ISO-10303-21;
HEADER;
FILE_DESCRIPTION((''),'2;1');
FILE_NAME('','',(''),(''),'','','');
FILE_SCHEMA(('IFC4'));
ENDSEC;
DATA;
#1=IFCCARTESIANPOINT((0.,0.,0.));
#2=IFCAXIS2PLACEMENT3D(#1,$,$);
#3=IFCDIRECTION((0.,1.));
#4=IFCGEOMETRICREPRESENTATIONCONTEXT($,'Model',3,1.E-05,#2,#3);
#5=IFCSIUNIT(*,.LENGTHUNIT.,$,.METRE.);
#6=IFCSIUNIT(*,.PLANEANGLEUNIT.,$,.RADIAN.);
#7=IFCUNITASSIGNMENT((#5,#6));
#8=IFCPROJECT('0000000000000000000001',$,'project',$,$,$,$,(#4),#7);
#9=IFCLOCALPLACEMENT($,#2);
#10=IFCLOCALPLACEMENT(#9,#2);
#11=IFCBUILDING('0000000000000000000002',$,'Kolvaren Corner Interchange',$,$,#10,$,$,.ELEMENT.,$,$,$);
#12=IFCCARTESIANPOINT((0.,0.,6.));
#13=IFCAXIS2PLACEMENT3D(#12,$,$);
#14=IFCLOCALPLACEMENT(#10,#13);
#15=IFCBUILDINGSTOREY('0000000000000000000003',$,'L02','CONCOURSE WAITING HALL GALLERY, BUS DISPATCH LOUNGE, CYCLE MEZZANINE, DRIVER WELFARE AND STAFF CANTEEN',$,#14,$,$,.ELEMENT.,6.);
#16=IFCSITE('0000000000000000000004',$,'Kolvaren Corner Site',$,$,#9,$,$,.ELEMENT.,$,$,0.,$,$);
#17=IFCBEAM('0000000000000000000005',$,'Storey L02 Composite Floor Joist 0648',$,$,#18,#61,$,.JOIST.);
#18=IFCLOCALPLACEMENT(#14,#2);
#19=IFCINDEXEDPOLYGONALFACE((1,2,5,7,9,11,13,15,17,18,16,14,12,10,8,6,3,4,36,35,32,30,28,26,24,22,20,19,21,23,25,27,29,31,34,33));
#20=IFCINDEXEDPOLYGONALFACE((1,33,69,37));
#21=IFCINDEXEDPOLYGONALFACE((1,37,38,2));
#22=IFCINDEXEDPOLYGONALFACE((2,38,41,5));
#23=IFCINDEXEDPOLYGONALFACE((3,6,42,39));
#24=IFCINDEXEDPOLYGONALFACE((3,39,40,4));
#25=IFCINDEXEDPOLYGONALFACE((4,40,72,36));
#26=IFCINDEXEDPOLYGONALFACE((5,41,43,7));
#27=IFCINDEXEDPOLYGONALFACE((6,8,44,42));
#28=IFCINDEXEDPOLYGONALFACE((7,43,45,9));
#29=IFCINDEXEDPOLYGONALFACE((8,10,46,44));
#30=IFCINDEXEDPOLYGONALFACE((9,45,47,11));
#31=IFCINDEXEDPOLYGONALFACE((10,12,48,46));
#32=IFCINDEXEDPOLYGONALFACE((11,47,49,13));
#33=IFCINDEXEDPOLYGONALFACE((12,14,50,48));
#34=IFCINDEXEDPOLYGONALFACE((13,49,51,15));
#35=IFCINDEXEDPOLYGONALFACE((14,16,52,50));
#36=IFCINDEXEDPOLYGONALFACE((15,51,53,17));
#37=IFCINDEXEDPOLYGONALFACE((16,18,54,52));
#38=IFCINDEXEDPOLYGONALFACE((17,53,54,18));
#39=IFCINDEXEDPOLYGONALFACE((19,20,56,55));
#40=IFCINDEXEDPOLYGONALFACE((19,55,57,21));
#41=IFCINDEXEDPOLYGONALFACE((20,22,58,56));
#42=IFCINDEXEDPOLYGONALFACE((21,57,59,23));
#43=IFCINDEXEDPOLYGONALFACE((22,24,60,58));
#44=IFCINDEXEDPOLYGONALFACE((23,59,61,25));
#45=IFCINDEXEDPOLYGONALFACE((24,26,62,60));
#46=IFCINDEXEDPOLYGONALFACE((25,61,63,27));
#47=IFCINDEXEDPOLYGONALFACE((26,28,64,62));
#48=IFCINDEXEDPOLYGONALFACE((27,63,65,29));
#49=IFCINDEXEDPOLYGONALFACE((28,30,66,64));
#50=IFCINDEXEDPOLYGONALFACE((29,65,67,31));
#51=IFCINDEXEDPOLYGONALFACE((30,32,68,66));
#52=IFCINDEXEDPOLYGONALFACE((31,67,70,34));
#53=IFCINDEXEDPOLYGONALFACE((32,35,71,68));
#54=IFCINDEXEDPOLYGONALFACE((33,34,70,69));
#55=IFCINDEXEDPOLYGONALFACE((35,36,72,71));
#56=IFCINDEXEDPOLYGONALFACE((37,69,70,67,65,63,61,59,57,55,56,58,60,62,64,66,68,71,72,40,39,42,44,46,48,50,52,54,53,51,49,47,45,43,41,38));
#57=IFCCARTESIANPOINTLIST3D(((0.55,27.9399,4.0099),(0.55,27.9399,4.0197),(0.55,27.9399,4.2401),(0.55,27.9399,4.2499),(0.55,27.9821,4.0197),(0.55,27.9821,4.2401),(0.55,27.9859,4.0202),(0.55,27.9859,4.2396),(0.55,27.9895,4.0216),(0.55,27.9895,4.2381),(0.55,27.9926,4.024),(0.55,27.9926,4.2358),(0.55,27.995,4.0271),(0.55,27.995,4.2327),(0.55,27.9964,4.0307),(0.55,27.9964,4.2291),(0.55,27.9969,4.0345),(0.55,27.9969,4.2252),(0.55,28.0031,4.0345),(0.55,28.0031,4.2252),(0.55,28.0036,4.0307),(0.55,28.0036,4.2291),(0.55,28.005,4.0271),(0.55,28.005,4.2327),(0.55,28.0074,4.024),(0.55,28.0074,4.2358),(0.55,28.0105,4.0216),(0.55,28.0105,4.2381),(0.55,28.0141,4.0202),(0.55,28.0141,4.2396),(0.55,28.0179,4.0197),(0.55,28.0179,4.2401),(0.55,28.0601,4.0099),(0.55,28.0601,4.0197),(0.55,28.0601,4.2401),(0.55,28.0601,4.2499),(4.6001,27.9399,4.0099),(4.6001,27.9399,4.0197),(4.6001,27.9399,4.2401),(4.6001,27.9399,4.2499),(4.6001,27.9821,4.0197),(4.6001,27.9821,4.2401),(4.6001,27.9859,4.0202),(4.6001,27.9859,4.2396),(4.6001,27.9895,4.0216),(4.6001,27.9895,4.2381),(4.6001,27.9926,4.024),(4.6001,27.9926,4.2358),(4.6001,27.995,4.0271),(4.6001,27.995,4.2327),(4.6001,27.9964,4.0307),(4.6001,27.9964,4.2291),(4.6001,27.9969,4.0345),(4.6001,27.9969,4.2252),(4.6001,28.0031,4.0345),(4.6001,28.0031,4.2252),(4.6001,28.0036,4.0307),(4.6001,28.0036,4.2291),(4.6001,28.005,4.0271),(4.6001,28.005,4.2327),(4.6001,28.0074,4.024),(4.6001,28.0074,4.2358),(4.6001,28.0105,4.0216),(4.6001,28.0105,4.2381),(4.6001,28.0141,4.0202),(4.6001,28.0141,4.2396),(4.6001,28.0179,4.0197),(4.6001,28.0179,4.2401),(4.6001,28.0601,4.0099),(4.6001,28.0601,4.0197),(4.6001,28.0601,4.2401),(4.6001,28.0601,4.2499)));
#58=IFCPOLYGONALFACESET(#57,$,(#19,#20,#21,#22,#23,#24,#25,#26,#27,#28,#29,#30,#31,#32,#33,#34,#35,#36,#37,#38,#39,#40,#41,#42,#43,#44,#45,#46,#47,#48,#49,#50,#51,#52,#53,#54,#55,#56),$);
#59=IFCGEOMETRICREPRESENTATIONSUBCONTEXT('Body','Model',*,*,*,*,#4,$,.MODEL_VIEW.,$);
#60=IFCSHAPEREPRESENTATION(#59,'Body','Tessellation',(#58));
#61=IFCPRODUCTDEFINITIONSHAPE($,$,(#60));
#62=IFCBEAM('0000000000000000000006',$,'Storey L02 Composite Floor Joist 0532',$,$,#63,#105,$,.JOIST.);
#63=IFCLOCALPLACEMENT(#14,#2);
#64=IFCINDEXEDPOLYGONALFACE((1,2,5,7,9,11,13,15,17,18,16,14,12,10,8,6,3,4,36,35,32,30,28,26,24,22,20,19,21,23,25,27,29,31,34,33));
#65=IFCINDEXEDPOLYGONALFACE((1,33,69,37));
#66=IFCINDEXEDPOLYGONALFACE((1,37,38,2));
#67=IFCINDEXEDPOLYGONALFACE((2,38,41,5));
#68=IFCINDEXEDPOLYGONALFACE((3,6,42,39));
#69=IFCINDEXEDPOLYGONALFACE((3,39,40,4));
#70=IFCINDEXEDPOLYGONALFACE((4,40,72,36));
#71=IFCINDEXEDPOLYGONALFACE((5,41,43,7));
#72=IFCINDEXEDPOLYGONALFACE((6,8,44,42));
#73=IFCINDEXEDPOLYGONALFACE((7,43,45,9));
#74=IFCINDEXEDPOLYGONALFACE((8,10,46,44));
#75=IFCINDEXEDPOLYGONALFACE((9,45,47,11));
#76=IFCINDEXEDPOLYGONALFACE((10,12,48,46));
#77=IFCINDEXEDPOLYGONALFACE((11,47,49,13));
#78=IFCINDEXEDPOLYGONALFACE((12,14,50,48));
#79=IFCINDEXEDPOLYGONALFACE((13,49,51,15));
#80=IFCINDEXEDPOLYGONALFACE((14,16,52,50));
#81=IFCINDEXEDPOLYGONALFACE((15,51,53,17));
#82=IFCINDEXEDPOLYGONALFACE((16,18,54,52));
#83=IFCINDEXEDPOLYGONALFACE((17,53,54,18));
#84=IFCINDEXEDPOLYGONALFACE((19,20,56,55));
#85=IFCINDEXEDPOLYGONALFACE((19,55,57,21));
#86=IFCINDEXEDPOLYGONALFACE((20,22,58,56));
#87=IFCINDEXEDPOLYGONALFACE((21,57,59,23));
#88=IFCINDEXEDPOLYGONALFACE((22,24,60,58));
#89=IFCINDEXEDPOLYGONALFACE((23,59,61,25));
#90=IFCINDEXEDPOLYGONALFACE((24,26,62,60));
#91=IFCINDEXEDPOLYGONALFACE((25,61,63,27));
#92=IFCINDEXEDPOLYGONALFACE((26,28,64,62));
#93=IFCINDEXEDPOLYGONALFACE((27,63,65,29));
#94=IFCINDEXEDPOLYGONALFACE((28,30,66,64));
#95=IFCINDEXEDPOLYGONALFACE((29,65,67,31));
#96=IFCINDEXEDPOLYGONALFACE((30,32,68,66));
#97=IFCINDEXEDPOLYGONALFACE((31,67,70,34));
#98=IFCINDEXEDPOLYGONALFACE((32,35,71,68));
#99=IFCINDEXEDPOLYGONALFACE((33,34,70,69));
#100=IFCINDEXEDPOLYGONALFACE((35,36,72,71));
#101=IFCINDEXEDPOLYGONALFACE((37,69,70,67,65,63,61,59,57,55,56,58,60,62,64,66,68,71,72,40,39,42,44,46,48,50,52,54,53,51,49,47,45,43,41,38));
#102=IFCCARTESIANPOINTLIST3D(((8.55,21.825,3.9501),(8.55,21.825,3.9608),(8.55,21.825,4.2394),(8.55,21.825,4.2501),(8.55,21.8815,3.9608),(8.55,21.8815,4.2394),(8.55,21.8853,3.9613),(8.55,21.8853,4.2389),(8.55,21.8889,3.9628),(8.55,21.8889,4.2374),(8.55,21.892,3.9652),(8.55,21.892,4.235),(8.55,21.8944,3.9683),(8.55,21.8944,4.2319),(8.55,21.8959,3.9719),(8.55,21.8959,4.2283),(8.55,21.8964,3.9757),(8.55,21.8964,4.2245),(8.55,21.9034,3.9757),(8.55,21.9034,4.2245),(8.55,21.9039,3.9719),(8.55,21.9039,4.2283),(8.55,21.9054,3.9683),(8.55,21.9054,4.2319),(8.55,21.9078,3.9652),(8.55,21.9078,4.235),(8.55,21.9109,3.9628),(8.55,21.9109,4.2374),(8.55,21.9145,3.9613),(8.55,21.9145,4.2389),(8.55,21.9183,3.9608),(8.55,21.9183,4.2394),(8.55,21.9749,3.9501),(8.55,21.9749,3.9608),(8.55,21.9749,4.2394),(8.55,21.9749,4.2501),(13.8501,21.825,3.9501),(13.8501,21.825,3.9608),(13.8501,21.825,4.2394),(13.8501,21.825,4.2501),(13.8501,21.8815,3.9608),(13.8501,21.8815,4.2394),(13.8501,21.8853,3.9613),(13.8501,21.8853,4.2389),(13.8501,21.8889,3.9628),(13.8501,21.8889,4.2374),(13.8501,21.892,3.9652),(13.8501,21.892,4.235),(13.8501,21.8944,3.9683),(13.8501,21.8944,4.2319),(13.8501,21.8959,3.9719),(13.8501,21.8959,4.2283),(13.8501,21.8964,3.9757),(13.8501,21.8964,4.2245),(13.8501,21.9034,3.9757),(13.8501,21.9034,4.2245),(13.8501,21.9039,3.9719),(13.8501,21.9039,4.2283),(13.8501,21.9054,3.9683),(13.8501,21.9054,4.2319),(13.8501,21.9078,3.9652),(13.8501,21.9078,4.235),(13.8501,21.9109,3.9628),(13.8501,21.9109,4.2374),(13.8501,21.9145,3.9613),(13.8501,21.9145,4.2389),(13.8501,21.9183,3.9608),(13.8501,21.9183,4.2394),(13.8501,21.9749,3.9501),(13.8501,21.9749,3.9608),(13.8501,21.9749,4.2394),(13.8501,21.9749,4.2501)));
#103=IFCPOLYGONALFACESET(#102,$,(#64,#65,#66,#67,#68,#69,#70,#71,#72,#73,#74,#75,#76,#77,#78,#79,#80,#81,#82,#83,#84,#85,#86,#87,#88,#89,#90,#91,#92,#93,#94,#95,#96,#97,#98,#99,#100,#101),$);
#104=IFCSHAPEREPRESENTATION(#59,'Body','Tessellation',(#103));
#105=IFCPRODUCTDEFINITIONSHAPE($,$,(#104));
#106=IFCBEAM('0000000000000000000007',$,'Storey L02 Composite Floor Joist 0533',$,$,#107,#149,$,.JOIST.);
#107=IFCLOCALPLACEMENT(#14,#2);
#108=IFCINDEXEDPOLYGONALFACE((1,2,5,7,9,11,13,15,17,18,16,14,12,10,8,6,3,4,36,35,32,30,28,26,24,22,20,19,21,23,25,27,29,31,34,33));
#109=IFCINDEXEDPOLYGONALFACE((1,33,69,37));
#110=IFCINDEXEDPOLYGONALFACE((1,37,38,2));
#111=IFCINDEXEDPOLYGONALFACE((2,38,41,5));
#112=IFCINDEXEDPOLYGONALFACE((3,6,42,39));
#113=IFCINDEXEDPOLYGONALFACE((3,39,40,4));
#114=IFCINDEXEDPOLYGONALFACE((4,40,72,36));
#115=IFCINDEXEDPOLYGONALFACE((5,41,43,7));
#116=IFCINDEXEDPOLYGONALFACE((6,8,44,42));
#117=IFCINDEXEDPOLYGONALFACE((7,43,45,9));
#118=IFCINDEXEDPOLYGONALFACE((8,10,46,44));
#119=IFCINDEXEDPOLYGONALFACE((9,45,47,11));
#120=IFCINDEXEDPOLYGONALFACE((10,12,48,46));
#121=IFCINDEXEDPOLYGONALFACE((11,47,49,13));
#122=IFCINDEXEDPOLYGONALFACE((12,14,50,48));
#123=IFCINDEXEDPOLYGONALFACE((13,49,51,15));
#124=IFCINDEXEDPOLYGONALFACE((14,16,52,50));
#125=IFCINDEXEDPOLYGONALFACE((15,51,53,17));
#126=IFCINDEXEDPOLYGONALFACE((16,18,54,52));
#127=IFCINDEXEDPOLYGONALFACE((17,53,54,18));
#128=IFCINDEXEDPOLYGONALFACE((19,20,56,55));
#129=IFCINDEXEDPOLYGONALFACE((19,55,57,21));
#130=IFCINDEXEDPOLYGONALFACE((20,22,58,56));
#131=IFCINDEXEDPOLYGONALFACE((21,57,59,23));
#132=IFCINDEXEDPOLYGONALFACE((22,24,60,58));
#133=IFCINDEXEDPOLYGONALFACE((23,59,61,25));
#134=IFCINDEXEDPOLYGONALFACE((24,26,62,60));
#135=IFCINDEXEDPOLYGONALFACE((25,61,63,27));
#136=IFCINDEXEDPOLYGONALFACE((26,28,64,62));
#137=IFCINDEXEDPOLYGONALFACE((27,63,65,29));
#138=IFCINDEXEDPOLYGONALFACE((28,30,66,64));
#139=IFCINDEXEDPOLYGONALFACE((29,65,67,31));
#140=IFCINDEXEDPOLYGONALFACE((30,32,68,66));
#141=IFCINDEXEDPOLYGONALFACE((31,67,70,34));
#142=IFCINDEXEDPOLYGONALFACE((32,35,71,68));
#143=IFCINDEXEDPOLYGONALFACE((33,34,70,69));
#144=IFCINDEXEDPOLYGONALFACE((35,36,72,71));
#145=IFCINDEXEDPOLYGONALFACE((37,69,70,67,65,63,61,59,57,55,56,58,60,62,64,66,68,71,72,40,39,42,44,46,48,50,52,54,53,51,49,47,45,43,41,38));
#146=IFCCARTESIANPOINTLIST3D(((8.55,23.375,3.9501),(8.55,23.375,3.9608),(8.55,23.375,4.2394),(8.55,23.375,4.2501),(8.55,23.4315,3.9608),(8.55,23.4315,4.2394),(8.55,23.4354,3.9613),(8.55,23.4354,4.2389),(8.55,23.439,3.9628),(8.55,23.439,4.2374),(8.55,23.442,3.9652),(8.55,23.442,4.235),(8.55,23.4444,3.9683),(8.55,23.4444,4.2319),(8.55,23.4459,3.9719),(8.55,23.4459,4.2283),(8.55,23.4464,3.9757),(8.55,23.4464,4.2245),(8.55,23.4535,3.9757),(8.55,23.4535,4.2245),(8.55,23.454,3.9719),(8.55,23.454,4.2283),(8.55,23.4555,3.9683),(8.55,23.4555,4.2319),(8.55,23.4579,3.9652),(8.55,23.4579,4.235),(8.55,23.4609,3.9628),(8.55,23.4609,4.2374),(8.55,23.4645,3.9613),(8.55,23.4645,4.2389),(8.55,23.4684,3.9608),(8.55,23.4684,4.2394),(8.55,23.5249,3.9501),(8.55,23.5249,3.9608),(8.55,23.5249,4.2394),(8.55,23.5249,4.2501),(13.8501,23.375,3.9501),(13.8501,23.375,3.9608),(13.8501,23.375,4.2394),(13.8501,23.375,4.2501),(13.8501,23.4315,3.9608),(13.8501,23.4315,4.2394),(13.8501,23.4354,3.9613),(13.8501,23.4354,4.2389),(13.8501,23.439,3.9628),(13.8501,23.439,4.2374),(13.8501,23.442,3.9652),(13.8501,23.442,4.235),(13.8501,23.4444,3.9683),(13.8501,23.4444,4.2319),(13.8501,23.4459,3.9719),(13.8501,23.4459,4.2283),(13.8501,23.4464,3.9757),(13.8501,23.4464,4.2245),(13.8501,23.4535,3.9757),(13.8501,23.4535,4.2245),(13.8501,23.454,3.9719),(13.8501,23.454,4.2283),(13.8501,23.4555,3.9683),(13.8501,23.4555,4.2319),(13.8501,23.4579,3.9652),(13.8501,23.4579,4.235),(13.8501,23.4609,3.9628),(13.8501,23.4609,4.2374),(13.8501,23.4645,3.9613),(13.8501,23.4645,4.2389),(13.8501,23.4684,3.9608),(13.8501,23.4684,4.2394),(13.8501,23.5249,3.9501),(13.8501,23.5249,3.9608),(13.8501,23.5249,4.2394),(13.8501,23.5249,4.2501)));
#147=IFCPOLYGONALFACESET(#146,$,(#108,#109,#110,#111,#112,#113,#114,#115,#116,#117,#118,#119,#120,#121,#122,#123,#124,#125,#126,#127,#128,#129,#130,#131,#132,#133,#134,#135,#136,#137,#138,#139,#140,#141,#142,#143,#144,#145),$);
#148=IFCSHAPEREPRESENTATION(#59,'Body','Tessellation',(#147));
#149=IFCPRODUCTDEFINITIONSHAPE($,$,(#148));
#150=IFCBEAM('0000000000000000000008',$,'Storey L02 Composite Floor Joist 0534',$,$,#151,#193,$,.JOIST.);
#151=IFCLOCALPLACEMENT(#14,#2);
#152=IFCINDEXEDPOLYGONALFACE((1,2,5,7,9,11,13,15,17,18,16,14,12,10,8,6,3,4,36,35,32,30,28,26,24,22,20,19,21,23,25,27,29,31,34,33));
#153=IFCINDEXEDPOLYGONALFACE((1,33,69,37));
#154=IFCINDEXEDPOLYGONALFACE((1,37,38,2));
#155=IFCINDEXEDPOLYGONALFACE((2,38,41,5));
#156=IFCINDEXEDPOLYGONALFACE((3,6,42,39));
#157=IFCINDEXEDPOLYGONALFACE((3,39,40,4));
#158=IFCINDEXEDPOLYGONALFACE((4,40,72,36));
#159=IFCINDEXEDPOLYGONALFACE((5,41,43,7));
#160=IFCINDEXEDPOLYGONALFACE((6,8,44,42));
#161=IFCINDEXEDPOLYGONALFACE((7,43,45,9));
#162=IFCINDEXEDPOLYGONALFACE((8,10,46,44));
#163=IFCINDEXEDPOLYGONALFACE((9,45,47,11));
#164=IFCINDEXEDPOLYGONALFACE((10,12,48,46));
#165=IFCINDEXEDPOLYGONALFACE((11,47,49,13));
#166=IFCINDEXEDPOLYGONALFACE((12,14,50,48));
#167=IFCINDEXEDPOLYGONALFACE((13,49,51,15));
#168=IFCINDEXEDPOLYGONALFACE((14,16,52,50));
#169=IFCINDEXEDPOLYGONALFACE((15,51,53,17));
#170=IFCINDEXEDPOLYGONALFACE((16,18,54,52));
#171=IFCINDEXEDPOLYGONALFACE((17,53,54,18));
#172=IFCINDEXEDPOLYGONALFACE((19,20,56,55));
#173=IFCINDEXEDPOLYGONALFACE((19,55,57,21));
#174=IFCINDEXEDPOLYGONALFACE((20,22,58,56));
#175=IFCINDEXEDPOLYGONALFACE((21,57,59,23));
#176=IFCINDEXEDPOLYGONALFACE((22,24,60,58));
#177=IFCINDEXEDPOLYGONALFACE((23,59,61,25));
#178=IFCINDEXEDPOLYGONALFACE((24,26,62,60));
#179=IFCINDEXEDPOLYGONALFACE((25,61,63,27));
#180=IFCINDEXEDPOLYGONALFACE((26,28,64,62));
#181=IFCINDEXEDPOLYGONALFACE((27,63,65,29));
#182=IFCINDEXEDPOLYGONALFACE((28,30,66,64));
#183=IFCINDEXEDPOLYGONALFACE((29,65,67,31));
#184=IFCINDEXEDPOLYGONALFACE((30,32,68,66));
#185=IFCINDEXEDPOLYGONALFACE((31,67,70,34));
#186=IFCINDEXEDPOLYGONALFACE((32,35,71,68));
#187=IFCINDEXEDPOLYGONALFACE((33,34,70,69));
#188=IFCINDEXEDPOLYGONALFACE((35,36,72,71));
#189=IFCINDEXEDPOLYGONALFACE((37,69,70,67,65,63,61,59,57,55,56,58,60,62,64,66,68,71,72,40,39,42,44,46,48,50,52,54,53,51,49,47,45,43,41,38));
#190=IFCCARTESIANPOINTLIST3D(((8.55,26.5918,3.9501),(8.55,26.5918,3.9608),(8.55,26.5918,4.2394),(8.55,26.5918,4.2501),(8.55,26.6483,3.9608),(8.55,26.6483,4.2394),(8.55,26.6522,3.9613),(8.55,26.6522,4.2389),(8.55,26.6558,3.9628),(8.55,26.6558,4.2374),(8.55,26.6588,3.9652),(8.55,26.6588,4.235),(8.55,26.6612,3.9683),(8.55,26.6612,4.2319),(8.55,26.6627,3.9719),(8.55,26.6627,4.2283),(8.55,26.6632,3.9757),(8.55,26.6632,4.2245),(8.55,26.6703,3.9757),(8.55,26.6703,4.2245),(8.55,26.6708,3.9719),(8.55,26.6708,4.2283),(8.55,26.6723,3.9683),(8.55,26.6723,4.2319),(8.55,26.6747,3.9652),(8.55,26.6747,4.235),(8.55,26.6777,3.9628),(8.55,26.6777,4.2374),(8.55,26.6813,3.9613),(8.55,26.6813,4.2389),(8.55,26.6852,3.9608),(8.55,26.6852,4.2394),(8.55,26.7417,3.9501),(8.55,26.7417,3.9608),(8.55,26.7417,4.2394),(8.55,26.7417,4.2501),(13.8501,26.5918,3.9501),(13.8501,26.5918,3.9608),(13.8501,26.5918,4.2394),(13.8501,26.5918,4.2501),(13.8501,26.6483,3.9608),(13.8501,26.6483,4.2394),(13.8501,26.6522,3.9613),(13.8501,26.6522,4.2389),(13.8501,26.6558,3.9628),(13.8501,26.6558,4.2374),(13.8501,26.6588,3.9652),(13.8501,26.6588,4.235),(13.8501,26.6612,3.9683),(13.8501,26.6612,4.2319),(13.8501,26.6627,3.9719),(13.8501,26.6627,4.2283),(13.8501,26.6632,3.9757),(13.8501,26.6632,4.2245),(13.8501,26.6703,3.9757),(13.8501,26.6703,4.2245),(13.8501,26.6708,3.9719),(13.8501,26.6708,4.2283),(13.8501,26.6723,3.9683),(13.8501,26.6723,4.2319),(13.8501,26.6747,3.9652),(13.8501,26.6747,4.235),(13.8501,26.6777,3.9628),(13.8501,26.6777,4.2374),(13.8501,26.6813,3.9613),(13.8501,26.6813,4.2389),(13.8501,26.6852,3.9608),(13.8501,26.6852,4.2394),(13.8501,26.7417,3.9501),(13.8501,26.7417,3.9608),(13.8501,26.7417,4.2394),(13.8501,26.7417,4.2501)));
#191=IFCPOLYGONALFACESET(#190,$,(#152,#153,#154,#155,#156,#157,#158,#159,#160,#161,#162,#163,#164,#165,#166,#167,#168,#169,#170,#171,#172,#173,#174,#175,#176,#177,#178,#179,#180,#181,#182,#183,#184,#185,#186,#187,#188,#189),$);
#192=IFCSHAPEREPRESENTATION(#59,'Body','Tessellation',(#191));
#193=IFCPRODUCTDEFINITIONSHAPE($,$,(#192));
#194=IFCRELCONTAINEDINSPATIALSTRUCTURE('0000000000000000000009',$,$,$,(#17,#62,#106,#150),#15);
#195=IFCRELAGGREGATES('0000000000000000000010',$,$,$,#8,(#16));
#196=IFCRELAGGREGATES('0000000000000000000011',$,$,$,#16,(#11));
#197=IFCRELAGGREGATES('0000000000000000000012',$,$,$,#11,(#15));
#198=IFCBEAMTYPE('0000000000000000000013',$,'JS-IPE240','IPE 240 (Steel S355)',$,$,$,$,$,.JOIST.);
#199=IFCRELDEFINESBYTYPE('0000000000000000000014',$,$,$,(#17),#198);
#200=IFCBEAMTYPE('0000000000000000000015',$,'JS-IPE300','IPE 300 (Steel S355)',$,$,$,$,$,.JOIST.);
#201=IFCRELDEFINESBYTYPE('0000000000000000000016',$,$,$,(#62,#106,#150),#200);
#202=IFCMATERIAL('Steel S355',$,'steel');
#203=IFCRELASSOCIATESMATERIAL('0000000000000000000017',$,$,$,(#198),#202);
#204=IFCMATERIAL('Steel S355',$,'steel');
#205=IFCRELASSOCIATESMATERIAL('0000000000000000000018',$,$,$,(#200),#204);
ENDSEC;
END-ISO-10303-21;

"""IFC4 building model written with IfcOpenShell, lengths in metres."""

from ifc_helpers import new_model, si_unit, direction, frame, origin, origin_2d, place, context, subcontext, project, spatial, i_section, extrude, material, material_profile, profile_set, type_object, element, save


model = new_model("IFC4")

# Units and contexts
model_context = context("Model", 3, precision=1e-05, world=origin(), true_north=direction((0.0, 1.0)))
body_context = subcontext(model_context, "Body", "Model", "MODEL_VIEW")
ifc_project = project(units=[si_unit("LENGTHUNIT", "METRE"), si_unit("PLANEANGLEUNIT", "RADIAN")], contexts=[model_context])

# Site, building, storey
site_placement = place(None, origin())
site = spatial("IfcSite", under=ifc_project, at=site_placement, Name="Kolvaren Corner Site", CompositionType="ELEMENT", RefElevation=0.0)
building_placement = place(site_placement, origin())
building = spatial("IfcBuilding", under=site, at=building_placement, Name="Kolvaren Corner Interchange", CompositionType="ELEMENT")
storey_placement = place(building_placement, frame((0.0, 0.0, 6.0)))
storey = spatial("IfcBuildingStorey", under=building, at=storey_placement, Name="L02", Description="CONCOURSE WAITING HALL GALLERY, BUS DISPATCH LOUNGE, CYCLE MEZZANINE, DRIVER WELFARE AND STAFF CANTEEN", CompositionType="ELEMENT", Elevation=6.0)

# Beams
ifc_material_1 = material(Name="Steel S355", Category="steel")
ifc_material_profile_1 = material_profile(ifc_material_1, i_section(OverallWidth=0.1201, OverallDepth=0.24, WebThickness=0.0061, FlangeThickness=0.0098, FilletRadius=0.0149, at=origin_2d()), Name="IPE 240")
ifc_profile_set_1 = profile_set([ifc_material_profile_1], Name="Steel S355")
beam_type_1 = type_object("IfcBeamType", Name="JS-IPE240", Description="IPE 240 (Steel S355)", PredefinedType="JOIST", material=ifc_profile_set_1)
for number, where, z_axis, x_axis, name in (
    (1, (0.55, 28.0, 4.1299), (1.0, 0.0, 0.0), (0.0, 1.0, 0.0), "Storey L02 Composite Floor Joist 0648"),
):
    element("IfcBeam", number, at=place(storey_placement, frame(where, z_axis=z_axis, x_axis=x_axis)), inside=storey, type_object=beam_type_1, Name=name, PredefinedType="JOIST", context=body_context, shape_type="SweptSolid", body=[
        extrude(i_section(OverallWidth=0.1201, OverallDepth=0.24, WebThickness=0.0061, FlangeThickness=0.0098, FilletRadius=0.0149, at=origin_2d()), origin(), (0.0, 0.0, 1.0), 4.05),
    ])
ifc_material_2 = material(Name="Steel S355", Category="steel")
ifc_material_profile_2 = material_profile(ifc_material_2, i_section(OverallWidth=0.1499, OverallDepth=0.3, WebThickness=0.0071, FlangeThickness=0.0107, FilletRadius=0.0149, at=origin_2d()), Name="IPE 300")
ifc_profile_set_2 = profile_set([ifc_material_profile_2], Name="Steel S355")
beam_type_2 = type_object("IfcBeamType", Name="JS-IPE300", Description="IPE 300 (Steel S355)", PredefinedType="JOIST", material=ifc_profile_set_2)
for number, where, z_axis, x_axis, name in (
    (2, (8.55, 21.8999, 4.1001), (1.0, 0.0, 0.0), (0.0, 1.0, 0.0), "Storey L02 Composite Floor Joist 0532"),
    (3, (8.55, 23.45, 4.1001), (1.0, 0.0, 0.0), (0.0, 1.0, 0.0), "Storey L02 Composite Floor Joist 0533"),
    (4, (8.55, 26.6667, 4.1001), (1.0, 0.0, 0.0), (0.0, 1.0, 0.0), "Storey L02 Composite Floor Joist 0534"),
):
    element("IfcBeam", number, at=place(storey_placement, frame(where, z_axis=z_axis, x_axis=x_axis)), inside=storey, type_object=beam_type_2, Name=name, PredefinedType="JOIST", context=body_context, shape_type="SweptSolid", body=[
        extrude(i_section(OverallWidth=0.1499, OverallDepth=0.3, WebThickness=0.0071, FlangeThickness=0.0107, FilletRadius=0.0149, at=origin_2d()), origin(), (0.0, 0.0, 1.0), 5.3),
    ])

save(model, "model.ifc")
